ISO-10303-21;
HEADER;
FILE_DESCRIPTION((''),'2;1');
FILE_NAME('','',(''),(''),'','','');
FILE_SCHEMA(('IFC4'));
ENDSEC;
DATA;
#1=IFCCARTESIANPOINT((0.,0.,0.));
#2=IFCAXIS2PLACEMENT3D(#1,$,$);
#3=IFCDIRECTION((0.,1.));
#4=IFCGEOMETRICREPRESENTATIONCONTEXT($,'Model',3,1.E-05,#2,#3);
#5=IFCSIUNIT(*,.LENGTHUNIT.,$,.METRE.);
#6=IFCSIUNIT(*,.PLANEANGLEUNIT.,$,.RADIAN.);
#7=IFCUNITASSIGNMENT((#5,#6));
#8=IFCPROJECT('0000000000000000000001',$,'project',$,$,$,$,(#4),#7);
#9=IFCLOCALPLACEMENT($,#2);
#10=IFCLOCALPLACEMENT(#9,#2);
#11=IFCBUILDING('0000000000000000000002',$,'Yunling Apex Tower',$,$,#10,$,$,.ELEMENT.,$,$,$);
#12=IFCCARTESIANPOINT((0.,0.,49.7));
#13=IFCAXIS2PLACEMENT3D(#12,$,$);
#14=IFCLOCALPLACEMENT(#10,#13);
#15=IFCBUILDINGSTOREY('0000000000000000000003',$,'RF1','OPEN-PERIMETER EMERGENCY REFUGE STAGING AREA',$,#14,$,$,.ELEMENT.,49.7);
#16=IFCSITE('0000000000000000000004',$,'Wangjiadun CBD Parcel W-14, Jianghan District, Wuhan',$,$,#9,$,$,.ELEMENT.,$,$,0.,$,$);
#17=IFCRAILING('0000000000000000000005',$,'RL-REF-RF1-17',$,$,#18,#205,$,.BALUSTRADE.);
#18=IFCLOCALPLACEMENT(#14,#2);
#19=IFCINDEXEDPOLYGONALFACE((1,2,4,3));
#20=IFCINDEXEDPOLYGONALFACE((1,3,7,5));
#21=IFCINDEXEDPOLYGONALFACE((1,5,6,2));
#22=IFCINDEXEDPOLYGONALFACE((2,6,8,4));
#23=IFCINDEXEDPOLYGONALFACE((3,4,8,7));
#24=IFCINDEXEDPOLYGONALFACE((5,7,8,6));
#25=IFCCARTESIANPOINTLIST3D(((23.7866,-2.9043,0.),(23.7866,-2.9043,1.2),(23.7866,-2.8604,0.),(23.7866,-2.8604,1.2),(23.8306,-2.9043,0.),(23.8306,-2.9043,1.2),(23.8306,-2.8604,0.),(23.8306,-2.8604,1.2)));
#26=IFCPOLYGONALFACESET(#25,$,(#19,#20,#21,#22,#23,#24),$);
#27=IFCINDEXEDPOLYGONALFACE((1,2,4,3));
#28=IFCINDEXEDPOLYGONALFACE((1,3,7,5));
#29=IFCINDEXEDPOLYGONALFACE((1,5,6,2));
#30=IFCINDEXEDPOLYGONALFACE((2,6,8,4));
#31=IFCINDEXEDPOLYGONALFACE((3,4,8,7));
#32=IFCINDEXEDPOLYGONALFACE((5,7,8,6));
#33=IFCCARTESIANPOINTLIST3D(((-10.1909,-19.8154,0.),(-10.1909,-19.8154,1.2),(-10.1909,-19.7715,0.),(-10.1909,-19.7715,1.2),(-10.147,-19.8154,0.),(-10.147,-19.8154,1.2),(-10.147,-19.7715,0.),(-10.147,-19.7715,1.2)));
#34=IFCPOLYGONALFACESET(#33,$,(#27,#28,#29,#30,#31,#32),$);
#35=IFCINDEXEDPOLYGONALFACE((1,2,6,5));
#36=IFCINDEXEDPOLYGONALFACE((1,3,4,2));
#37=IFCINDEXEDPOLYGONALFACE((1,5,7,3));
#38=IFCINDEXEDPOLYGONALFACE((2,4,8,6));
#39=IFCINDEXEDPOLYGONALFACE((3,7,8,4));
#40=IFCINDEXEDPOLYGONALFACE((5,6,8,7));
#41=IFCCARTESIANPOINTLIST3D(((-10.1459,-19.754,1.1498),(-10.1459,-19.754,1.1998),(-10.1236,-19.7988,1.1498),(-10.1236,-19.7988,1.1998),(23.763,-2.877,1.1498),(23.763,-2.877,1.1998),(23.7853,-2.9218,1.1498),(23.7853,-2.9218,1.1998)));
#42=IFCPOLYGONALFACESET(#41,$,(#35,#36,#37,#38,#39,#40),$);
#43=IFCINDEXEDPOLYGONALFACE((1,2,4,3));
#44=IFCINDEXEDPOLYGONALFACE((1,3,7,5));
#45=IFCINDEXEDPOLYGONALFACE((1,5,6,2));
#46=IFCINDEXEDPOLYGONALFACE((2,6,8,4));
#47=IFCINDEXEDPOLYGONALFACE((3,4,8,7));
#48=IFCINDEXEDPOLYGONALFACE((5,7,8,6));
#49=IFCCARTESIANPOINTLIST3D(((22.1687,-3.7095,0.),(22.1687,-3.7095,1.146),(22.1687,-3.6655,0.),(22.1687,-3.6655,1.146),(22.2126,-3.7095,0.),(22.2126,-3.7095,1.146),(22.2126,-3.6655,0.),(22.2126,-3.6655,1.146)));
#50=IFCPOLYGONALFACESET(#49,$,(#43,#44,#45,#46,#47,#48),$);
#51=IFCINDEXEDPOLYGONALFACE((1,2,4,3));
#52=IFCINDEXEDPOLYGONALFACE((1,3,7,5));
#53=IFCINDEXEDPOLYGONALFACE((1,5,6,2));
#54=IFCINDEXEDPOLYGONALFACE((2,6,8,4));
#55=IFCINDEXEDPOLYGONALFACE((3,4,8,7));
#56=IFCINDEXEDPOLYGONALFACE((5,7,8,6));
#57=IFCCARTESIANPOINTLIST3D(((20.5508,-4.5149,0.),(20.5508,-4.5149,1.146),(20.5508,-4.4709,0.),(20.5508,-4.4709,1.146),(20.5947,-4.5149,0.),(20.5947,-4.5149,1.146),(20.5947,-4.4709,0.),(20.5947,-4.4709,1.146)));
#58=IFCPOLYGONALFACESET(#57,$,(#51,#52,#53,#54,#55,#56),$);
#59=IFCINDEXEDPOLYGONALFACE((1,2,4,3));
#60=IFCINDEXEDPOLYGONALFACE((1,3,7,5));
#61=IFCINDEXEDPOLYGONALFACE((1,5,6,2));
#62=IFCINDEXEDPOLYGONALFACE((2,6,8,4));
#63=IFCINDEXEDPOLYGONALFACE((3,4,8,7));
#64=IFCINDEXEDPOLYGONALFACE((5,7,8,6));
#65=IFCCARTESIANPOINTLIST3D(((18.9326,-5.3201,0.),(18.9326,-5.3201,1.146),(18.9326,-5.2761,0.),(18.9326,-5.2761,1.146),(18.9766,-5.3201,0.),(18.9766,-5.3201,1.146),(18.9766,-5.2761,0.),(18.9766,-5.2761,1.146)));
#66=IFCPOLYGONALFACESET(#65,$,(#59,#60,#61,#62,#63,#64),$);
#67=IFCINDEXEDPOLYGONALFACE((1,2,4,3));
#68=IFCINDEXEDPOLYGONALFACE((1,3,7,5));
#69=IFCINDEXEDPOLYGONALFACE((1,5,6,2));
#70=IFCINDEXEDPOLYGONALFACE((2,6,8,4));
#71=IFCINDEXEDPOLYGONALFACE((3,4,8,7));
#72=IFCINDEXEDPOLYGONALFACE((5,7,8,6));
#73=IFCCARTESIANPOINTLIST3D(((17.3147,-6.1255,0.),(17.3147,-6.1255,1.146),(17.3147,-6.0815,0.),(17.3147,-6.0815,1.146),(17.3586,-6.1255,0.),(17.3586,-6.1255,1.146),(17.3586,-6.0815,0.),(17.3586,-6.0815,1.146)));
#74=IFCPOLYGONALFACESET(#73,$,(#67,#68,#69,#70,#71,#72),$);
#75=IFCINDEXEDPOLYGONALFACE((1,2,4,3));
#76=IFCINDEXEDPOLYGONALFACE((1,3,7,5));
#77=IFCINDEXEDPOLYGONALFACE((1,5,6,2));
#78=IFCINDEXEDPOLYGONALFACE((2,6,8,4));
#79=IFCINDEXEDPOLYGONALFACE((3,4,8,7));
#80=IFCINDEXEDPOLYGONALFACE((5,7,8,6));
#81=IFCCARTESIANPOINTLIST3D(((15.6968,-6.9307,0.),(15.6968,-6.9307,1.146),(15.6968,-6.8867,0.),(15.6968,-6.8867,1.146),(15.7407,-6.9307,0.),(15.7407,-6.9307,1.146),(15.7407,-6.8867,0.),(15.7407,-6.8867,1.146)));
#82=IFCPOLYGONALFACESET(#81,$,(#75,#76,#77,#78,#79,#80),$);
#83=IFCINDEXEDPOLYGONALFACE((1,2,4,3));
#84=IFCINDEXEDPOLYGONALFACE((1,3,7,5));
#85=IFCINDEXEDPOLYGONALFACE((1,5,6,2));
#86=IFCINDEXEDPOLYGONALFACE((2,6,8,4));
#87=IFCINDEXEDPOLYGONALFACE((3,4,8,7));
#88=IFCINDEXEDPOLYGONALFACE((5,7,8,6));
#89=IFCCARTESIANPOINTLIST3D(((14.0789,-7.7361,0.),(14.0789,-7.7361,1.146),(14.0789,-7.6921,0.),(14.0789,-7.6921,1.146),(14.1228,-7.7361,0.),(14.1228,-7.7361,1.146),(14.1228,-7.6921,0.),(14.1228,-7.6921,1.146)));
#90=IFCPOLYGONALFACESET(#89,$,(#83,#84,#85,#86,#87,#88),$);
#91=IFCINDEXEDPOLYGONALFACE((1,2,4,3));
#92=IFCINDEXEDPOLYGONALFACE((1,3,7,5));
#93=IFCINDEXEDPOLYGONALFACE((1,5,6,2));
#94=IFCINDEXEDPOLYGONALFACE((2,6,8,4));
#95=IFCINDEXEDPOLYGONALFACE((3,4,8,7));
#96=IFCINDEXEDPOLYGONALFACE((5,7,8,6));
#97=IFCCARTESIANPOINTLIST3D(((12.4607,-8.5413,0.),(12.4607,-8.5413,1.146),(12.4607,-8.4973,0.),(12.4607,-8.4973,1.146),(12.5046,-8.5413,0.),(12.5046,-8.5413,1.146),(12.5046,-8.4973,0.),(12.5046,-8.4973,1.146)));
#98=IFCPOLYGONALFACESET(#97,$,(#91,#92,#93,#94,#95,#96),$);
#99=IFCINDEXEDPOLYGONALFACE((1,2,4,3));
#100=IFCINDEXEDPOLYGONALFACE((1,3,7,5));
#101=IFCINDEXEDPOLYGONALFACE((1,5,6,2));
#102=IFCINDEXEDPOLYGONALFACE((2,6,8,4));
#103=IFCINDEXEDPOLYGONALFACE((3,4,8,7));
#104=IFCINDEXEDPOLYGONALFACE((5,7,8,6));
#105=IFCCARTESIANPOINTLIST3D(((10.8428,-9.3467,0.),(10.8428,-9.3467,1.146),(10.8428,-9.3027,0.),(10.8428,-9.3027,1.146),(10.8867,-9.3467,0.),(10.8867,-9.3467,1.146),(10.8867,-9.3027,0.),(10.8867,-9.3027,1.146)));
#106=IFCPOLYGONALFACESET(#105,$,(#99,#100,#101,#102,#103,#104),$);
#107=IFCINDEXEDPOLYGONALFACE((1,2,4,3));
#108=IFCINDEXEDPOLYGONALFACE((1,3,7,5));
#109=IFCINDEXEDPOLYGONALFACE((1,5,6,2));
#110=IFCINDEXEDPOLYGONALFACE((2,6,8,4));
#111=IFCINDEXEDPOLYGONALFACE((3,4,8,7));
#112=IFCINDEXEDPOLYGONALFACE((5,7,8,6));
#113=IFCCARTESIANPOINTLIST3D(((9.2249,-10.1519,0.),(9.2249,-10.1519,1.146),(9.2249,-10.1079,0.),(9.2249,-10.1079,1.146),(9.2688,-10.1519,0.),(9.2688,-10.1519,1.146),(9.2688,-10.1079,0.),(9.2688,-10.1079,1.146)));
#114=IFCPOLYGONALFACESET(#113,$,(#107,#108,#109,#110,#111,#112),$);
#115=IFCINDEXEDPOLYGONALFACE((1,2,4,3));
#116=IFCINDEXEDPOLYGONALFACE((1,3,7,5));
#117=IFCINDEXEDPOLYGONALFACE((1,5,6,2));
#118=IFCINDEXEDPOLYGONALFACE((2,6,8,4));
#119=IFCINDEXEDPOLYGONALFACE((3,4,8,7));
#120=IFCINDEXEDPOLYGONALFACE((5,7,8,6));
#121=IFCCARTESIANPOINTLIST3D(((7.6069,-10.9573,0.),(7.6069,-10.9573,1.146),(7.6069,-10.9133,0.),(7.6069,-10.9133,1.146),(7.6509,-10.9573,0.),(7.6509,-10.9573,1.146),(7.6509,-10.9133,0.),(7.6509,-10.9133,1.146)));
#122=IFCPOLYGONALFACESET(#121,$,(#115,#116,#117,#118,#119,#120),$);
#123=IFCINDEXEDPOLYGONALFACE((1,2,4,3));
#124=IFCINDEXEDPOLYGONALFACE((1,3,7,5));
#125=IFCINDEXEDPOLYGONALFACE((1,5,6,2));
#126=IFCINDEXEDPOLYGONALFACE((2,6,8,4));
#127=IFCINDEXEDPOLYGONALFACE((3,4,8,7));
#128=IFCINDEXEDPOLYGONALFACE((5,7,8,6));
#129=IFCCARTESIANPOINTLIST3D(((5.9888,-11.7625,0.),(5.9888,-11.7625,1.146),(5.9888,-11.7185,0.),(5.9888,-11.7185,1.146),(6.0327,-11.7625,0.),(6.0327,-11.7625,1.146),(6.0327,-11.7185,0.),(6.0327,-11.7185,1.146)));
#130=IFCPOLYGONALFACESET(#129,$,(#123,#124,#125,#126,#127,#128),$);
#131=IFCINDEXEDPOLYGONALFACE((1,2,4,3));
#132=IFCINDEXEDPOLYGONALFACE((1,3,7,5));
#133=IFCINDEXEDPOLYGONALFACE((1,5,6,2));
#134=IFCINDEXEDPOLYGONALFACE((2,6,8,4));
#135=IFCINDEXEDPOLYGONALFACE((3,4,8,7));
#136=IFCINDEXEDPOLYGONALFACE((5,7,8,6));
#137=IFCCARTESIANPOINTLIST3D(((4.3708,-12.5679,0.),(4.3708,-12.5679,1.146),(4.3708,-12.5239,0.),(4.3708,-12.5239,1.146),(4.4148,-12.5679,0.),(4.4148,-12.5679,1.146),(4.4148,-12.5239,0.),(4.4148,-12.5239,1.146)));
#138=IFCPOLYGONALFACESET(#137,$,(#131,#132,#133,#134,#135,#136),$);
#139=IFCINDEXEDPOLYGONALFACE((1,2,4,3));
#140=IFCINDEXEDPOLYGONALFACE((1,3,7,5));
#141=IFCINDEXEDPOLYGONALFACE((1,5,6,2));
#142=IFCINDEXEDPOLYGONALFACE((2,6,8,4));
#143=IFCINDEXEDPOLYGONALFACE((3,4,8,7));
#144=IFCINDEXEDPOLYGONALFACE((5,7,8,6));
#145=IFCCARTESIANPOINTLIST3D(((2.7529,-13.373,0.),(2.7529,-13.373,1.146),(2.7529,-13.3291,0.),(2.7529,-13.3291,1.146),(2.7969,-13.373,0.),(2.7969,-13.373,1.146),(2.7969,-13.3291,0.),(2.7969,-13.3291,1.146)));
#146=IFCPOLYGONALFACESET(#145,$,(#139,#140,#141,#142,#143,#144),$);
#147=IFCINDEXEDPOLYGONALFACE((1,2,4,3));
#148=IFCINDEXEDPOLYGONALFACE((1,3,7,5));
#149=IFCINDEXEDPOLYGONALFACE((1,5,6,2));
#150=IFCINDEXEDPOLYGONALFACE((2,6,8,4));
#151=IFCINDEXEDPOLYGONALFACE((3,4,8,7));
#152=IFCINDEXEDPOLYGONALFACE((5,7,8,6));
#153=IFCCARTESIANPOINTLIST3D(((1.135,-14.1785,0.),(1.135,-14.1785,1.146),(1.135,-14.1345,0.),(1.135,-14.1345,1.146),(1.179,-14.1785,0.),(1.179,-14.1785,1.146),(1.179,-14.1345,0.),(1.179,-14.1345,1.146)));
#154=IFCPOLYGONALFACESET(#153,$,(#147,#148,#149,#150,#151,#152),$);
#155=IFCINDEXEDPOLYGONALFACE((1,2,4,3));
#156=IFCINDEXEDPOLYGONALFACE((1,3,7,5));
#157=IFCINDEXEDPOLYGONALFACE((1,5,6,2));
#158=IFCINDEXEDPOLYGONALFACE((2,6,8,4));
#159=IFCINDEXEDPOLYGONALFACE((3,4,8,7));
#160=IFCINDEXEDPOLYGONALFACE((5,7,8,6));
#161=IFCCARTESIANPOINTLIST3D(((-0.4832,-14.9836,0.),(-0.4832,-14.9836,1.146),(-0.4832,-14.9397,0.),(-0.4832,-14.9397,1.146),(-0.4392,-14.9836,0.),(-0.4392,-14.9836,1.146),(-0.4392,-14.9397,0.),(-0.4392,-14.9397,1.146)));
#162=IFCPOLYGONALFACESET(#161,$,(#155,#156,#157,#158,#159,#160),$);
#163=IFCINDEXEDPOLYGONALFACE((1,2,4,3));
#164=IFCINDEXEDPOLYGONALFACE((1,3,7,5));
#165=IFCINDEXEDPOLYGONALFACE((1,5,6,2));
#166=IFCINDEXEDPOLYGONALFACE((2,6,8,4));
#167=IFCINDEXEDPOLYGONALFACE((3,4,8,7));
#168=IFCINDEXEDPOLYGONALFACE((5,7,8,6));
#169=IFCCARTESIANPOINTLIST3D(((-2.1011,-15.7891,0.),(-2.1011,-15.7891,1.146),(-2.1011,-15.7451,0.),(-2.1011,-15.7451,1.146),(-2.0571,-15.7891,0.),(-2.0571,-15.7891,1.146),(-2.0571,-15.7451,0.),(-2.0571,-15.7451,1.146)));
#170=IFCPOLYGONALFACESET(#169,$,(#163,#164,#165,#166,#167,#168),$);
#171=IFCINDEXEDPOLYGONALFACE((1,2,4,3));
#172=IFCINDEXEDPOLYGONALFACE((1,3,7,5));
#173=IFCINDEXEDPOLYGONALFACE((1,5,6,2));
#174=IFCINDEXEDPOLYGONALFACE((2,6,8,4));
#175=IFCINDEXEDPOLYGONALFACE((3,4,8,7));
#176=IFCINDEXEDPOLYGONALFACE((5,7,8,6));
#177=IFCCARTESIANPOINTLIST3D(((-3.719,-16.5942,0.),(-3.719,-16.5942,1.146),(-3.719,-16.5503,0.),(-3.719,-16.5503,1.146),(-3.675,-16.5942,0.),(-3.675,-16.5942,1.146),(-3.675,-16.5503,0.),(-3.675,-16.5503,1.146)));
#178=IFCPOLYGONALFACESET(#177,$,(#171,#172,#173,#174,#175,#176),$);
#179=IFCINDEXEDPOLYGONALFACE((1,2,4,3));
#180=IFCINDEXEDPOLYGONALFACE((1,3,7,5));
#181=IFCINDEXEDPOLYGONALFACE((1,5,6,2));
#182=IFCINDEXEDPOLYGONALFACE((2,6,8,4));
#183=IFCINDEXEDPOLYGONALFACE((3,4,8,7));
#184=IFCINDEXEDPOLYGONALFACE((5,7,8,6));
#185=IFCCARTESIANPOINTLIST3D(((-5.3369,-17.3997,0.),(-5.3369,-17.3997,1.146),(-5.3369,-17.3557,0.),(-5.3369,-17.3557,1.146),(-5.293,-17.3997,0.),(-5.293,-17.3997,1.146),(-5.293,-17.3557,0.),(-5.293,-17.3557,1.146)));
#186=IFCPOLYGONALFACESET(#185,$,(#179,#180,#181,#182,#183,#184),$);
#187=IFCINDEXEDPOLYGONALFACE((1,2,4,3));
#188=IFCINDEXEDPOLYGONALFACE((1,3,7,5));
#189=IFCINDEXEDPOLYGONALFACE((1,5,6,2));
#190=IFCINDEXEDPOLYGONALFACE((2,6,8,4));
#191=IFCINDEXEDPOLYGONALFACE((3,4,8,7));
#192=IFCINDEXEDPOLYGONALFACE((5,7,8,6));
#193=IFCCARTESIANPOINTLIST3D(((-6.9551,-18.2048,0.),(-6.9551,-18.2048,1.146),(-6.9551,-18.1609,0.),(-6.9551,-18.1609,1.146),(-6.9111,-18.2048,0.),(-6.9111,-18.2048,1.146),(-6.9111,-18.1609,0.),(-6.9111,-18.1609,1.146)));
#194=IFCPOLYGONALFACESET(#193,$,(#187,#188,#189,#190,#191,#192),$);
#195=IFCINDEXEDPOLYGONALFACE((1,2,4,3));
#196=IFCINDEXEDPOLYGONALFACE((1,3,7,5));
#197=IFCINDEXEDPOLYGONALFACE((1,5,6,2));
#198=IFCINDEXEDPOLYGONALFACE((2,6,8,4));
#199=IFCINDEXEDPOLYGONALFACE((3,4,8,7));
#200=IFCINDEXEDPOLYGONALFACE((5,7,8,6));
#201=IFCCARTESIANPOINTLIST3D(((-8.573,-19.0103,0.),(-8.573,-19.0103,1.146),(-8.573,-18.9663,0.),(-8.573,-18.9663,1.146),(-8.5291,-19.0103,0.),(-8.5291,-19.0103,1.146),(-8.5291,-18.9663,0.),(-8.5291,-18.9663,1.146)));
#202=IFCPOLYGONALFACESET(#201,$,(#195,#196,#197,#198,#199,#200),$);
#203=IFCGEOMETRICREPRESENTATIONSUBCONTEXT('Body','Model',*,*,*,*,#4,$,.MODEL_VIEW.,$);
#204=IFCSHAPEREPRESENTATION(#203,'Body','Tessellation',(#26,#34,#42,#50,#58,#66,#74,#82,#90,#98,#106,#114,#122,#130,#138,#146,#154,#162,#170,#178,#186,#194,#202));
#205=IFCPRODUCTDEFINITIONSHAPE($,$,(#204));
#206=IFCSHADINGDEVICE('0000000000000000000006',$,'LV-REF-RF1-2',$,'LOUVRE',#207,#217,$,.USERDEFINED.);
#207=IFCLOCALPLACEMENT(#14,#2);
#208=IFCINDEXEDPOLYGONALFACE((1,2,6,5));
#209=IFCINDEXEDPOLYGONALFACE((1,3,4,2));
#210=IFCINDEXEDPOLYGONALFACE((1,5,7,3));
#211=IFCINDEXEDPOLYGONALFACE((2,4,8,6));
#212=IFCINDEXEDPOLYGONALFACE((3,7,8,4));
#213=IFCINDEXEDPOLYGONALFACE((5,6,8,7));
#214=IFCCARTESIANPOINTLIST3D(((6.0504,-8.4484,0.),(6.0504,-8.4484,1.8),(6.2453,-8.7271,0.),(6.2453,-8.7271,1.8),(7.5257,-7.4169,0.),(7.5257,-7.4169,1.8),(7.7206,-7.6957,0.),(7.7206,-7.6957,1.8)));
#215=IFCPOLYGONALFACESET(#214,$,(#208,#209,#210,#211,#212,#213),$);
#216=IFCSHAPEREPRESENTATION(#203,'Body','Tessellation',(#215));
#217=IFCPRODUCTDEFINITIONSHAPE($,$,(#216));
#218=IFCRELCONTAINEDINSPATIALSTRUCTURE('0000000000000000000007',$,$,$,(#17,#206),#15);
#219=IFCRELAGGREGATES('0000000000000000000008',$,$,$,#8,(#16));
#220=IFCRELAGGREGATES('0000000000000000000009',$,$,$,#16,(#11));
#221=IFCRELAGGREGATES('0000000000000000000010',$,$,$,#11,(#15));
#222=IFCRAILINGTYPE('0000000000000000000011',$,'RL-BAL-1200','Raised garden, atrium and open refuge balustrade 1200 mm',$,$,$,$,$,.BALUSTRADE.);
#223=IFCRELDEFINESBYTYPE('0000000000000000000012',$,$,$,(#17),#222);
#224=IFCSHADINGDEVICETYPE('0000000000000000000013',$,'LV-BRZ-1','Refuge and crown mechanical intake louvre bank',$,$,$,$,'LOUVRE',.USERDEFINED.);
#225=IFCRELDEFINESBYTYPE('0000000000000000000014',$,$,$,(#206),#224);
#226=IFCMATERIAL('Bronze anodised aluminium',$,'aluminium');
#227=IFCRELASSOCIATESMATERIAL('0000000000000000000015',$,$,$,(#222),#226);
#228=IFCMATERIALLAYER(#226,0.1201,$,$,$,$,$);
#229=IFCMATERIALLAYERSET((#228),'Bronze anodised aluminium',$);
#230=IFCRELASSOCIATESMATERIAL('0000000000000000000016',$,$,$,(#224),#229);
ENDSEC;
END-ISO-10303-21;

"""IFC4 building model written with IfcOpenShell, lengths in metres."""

from ifc_helpers import new_model, si_unit, direction, frame, origin, origin_2d, place, context, subcontext, project, spatial, rectangle, extrude, source, transform, mapped, material, layer, layer_set, type_object, element, save


model = new_model("IFC4")

# Units and contexts
model_context = context("Model", 3, precision=1e-05, world=origin(), true_north=direction((0.0, 1.0)))
body_context = subcontext(model_context, "Body", "Model", "MODEL_VIEW")
ifc_project = project(units=[si_unit("LENGTHUNIT", "METRE"), si_unit("PLANEANGLEUNIT", "RADIAN")], contexts=[model_context])

# Site, building, storey
site_placement = place(None, origin())
site = spatial("IfcSite", under=ifc_project, at=site_placement, Name="Wangjiadun CBD Parcel W-14, Jianghan District, Wuhan", CompositionType="ELEMENT", RefElevation=0.0)
building_placement = place(site_placement, origin())
building = spatial("IfcBuilding", under=site, at=building_placement, Name="Yunling Apex Tower", CompositionType="ELEMENT")
storey_placement = place(building_placement, frame((0.0, 0.0, 49.7)))
storey = spatial("IfcBuildingStorey", under=building, at=storey_placement, Name="RF1", Description="OPEN-PERIMETER EMERGENCY REFUGE STAGING AREA", CompositionType="ELEMENT", Elevation=49.7)

# Railing
ifc_material_1 = material(Name="Bronze anodised aluminium", Category="aluminium")
railing_type = type_object("IfcRailingType", Name="RL-BAL-1200", Description="Raised garden, atrium and open refuge balustrade 1200 mm", PredefinedType="BALUSTRADE", material=ifc_material_1)
railing_1_placement = place(storey_placement, frame((23.8086, -2.8823, 0.0)))
element("IfcRailing", 1, at=railing_1_placement, inside=storey, type_object=railing_type, Name="RL-REF-RF1-17", PredefinedType="BALUSTRADE", context=body_context, shape_type="SweptSolid", body=[
    extrude(rectangle(XDim=0.0439, YDim=0.0439, at=origin_2d()), origin(), (0.0, 0.0, 1.0), 1.2),
    extrude(rectangle(XDim=0.0439, YDim=0.0439, at=origin_2d()), frame((-33.9775, -16.9111, 0.0)), (0.0, 0.0, 1.0), 1.2),
    extrude(rectangle(XDim=0.05, YDim=0.05, at=origin_2d()), frame((-0.0344, -0.0171, 1.1748), z_axis=(-0.895244, -0.445576, 0.0), x_axis=(0.445576, -0.895244, 0.0)), (0.0, 0.0, 1.0), 37.8767),
    extrude(rectangle(XDim=0.0439, YDim=0.0439, at=origin_2d()), frame((-1.6179, -0.8052, 0.0)), (0.0, 0.0, 1.0), 1.146),
    extrude(rectangle(XDim=0.0439, YDim=0.0439, at=origin_2d()), frame((-3.2358, -1.6106, 0.0)), (0.0, 0.0, 1.0), 1.146),
    extrude(rectangle(XDim=0.0439, YDim=0.0439, at=origin_2d()), frame((-4.854, -2.4158, 0.0)), (0.0, 0.0, 1.0), 1.146),
    extrude(rectangle(XDim=0.0439, YDim=0.0439, at=origin_2d()), frame((-6.4719, -3.2212, 0.0)), (0.0, 0.0, 1.0), 1.146),
    extrude(rectangle(XDim=0.0439, YDim=0.0439, at=origin_2d()), frame((-8.0898, -4.0264, 0.0)), (0.0, 0.0, 1.0), 1.146),
    extrude(rectangle(XDim=0.0439, YDim=0.0439, at=origin_2d()), frame((-9.7078, -4.8318, 0.0)), (0.0, 0.0, 1.0), 1.146),
    extrude(rectangle(XDim=0.0439, YDim=0.0439, at=origin_2d()), frame((-11.3259, -5.637, 0.0)), (0.0, 0.0, 1.0), 1.146),
    extrude(rectangle(XDim=0.0439, YDim=0.0439, at=origin_2d()), frame((-12.9438, -6.4424, 0.0)), (0.0, 0.0, 1.0), 1.146),
    extrude(rectangle(XDim=0.0439, YDim=0.0439, at=origin_2d()), frame((-14.5618, -7.2476, 0.0)), (0.0, 0.0, 1.0), 1.146),
    extrude(rectangle(XDim=0.0439, YDim=0.0439, at=origin_2d()), frame((-16.1797, -8.053, 0.0)), (0.0, 0.0, 1.0), 1.146),
    extrude(rectangle(XDim=0.0439, YDim=0.0439, at=origin_2d()), frame((-17.7979, -8.8582, 0.0)), (0.0, 0.0, 1.0), 1.146),
    extrude(rectangle(XDim=0.0439, YDim=0.0439, at=origin_2d()), frame((-19.4158, -9.6636, 0.0)), (0.0, 0.0, 1.0), 1.146),
    extrude(rectangle(XDim=0.0439, YDim=0.0439, at=origin_2d()), frame((-21.0337, -10.4688, 0.0)), (0.0, 0.0, 1.0), 1.146),
    extrude(rectangle(XDim=0.0439, YDim=0.0439, at=origin_2d()), frame((-22.6516, -11.2742, 0.0)), (0.0, 0.0, 1.0), 1.146),
    extrude(rectangle(XDim=0.0439, YDim=0.0439, at=origin_2d()), frame((-24.2698, -12.0793, 0.0)), (0.0, 0.0, 1.0), 1.146),
    extrude(rectangle(XDim=0.0439, YDim=0.0439, at=origin_2d()), frame((-25.8877, -12.8848, 0.0)), (0.0, 0.0, 1.0), 1.146),
    extrude(rectangle(XDim=0.0439, YDim=0.0439, at=origin_2d()), frame((-27.5056, -13.6899, 0.0)), (0.0, 0.0, 1.0), 1.146),
    extrude(rectangle(XDim=0.0439, YDim=0.0439, at=origin_2d()), frame((-29.1235, -14.4954, 0.0)), (0.0, 0.0, 1.0), 1.146),
    extrude(rectangle(XDim=0.0439, YDim=0.0439, at=origin_2d()), frame((-30.7417, -15.3005, 0.0)), (0.0, 0.0, 1.0), 1.146),
    extrude(rectangle(XDim=0.0439, YDim=0.0439, at=origin_2d()), frame((-32.3596, -16.106, 0.0)), (0.0, 0.0, 1.0), 1.146),
])

# Shading device
ifc_layer_1 = layer(ifc_material_1, 0.1201)
ifc_layer_set_1 = layer_set([ifc_layer_1], Name="Bronze anodised aluminium")
shading_device_type = type_object("IfcShadingDeviceType", Name="LV-BRZ-1", Description="Refuge and crown mechanical intake louvre bank", ElementType="LOUVRE", PredefinedType="USERDEFINED", material=ifc_layer_set_1)
shared_shape_1 = source(origin(), body_context, "Body", "SweptSolid", [
    extrude(rectangle(XDim=1.8, YDim=0.3401, at=origin_2d()), origin(), (0.0, 0.0, 1.0), 1.8),
])
shading_device_placement = place(storey_placement, frame((6.8855, -8.072, 0.0), z_axis=(0.0, 0.0, 1.0), x_axis=(-0.819552, -0.573004, 0.0)))
element("IfcShadingDevice", 2, at=shading_device_placement, inside=storey, type_object=shading_device_type, Name="LV-REF-RF1-2", ObjectType="LOUVRE", PredefinedType="USERDEFINED", context=body_context, shape_type="MappedRepresentation", body=[
    mapped(shared_shape_1, transform((0.0, 0.0, 0.0), scale=1.0)),
])

save(model, "model.ifc")
